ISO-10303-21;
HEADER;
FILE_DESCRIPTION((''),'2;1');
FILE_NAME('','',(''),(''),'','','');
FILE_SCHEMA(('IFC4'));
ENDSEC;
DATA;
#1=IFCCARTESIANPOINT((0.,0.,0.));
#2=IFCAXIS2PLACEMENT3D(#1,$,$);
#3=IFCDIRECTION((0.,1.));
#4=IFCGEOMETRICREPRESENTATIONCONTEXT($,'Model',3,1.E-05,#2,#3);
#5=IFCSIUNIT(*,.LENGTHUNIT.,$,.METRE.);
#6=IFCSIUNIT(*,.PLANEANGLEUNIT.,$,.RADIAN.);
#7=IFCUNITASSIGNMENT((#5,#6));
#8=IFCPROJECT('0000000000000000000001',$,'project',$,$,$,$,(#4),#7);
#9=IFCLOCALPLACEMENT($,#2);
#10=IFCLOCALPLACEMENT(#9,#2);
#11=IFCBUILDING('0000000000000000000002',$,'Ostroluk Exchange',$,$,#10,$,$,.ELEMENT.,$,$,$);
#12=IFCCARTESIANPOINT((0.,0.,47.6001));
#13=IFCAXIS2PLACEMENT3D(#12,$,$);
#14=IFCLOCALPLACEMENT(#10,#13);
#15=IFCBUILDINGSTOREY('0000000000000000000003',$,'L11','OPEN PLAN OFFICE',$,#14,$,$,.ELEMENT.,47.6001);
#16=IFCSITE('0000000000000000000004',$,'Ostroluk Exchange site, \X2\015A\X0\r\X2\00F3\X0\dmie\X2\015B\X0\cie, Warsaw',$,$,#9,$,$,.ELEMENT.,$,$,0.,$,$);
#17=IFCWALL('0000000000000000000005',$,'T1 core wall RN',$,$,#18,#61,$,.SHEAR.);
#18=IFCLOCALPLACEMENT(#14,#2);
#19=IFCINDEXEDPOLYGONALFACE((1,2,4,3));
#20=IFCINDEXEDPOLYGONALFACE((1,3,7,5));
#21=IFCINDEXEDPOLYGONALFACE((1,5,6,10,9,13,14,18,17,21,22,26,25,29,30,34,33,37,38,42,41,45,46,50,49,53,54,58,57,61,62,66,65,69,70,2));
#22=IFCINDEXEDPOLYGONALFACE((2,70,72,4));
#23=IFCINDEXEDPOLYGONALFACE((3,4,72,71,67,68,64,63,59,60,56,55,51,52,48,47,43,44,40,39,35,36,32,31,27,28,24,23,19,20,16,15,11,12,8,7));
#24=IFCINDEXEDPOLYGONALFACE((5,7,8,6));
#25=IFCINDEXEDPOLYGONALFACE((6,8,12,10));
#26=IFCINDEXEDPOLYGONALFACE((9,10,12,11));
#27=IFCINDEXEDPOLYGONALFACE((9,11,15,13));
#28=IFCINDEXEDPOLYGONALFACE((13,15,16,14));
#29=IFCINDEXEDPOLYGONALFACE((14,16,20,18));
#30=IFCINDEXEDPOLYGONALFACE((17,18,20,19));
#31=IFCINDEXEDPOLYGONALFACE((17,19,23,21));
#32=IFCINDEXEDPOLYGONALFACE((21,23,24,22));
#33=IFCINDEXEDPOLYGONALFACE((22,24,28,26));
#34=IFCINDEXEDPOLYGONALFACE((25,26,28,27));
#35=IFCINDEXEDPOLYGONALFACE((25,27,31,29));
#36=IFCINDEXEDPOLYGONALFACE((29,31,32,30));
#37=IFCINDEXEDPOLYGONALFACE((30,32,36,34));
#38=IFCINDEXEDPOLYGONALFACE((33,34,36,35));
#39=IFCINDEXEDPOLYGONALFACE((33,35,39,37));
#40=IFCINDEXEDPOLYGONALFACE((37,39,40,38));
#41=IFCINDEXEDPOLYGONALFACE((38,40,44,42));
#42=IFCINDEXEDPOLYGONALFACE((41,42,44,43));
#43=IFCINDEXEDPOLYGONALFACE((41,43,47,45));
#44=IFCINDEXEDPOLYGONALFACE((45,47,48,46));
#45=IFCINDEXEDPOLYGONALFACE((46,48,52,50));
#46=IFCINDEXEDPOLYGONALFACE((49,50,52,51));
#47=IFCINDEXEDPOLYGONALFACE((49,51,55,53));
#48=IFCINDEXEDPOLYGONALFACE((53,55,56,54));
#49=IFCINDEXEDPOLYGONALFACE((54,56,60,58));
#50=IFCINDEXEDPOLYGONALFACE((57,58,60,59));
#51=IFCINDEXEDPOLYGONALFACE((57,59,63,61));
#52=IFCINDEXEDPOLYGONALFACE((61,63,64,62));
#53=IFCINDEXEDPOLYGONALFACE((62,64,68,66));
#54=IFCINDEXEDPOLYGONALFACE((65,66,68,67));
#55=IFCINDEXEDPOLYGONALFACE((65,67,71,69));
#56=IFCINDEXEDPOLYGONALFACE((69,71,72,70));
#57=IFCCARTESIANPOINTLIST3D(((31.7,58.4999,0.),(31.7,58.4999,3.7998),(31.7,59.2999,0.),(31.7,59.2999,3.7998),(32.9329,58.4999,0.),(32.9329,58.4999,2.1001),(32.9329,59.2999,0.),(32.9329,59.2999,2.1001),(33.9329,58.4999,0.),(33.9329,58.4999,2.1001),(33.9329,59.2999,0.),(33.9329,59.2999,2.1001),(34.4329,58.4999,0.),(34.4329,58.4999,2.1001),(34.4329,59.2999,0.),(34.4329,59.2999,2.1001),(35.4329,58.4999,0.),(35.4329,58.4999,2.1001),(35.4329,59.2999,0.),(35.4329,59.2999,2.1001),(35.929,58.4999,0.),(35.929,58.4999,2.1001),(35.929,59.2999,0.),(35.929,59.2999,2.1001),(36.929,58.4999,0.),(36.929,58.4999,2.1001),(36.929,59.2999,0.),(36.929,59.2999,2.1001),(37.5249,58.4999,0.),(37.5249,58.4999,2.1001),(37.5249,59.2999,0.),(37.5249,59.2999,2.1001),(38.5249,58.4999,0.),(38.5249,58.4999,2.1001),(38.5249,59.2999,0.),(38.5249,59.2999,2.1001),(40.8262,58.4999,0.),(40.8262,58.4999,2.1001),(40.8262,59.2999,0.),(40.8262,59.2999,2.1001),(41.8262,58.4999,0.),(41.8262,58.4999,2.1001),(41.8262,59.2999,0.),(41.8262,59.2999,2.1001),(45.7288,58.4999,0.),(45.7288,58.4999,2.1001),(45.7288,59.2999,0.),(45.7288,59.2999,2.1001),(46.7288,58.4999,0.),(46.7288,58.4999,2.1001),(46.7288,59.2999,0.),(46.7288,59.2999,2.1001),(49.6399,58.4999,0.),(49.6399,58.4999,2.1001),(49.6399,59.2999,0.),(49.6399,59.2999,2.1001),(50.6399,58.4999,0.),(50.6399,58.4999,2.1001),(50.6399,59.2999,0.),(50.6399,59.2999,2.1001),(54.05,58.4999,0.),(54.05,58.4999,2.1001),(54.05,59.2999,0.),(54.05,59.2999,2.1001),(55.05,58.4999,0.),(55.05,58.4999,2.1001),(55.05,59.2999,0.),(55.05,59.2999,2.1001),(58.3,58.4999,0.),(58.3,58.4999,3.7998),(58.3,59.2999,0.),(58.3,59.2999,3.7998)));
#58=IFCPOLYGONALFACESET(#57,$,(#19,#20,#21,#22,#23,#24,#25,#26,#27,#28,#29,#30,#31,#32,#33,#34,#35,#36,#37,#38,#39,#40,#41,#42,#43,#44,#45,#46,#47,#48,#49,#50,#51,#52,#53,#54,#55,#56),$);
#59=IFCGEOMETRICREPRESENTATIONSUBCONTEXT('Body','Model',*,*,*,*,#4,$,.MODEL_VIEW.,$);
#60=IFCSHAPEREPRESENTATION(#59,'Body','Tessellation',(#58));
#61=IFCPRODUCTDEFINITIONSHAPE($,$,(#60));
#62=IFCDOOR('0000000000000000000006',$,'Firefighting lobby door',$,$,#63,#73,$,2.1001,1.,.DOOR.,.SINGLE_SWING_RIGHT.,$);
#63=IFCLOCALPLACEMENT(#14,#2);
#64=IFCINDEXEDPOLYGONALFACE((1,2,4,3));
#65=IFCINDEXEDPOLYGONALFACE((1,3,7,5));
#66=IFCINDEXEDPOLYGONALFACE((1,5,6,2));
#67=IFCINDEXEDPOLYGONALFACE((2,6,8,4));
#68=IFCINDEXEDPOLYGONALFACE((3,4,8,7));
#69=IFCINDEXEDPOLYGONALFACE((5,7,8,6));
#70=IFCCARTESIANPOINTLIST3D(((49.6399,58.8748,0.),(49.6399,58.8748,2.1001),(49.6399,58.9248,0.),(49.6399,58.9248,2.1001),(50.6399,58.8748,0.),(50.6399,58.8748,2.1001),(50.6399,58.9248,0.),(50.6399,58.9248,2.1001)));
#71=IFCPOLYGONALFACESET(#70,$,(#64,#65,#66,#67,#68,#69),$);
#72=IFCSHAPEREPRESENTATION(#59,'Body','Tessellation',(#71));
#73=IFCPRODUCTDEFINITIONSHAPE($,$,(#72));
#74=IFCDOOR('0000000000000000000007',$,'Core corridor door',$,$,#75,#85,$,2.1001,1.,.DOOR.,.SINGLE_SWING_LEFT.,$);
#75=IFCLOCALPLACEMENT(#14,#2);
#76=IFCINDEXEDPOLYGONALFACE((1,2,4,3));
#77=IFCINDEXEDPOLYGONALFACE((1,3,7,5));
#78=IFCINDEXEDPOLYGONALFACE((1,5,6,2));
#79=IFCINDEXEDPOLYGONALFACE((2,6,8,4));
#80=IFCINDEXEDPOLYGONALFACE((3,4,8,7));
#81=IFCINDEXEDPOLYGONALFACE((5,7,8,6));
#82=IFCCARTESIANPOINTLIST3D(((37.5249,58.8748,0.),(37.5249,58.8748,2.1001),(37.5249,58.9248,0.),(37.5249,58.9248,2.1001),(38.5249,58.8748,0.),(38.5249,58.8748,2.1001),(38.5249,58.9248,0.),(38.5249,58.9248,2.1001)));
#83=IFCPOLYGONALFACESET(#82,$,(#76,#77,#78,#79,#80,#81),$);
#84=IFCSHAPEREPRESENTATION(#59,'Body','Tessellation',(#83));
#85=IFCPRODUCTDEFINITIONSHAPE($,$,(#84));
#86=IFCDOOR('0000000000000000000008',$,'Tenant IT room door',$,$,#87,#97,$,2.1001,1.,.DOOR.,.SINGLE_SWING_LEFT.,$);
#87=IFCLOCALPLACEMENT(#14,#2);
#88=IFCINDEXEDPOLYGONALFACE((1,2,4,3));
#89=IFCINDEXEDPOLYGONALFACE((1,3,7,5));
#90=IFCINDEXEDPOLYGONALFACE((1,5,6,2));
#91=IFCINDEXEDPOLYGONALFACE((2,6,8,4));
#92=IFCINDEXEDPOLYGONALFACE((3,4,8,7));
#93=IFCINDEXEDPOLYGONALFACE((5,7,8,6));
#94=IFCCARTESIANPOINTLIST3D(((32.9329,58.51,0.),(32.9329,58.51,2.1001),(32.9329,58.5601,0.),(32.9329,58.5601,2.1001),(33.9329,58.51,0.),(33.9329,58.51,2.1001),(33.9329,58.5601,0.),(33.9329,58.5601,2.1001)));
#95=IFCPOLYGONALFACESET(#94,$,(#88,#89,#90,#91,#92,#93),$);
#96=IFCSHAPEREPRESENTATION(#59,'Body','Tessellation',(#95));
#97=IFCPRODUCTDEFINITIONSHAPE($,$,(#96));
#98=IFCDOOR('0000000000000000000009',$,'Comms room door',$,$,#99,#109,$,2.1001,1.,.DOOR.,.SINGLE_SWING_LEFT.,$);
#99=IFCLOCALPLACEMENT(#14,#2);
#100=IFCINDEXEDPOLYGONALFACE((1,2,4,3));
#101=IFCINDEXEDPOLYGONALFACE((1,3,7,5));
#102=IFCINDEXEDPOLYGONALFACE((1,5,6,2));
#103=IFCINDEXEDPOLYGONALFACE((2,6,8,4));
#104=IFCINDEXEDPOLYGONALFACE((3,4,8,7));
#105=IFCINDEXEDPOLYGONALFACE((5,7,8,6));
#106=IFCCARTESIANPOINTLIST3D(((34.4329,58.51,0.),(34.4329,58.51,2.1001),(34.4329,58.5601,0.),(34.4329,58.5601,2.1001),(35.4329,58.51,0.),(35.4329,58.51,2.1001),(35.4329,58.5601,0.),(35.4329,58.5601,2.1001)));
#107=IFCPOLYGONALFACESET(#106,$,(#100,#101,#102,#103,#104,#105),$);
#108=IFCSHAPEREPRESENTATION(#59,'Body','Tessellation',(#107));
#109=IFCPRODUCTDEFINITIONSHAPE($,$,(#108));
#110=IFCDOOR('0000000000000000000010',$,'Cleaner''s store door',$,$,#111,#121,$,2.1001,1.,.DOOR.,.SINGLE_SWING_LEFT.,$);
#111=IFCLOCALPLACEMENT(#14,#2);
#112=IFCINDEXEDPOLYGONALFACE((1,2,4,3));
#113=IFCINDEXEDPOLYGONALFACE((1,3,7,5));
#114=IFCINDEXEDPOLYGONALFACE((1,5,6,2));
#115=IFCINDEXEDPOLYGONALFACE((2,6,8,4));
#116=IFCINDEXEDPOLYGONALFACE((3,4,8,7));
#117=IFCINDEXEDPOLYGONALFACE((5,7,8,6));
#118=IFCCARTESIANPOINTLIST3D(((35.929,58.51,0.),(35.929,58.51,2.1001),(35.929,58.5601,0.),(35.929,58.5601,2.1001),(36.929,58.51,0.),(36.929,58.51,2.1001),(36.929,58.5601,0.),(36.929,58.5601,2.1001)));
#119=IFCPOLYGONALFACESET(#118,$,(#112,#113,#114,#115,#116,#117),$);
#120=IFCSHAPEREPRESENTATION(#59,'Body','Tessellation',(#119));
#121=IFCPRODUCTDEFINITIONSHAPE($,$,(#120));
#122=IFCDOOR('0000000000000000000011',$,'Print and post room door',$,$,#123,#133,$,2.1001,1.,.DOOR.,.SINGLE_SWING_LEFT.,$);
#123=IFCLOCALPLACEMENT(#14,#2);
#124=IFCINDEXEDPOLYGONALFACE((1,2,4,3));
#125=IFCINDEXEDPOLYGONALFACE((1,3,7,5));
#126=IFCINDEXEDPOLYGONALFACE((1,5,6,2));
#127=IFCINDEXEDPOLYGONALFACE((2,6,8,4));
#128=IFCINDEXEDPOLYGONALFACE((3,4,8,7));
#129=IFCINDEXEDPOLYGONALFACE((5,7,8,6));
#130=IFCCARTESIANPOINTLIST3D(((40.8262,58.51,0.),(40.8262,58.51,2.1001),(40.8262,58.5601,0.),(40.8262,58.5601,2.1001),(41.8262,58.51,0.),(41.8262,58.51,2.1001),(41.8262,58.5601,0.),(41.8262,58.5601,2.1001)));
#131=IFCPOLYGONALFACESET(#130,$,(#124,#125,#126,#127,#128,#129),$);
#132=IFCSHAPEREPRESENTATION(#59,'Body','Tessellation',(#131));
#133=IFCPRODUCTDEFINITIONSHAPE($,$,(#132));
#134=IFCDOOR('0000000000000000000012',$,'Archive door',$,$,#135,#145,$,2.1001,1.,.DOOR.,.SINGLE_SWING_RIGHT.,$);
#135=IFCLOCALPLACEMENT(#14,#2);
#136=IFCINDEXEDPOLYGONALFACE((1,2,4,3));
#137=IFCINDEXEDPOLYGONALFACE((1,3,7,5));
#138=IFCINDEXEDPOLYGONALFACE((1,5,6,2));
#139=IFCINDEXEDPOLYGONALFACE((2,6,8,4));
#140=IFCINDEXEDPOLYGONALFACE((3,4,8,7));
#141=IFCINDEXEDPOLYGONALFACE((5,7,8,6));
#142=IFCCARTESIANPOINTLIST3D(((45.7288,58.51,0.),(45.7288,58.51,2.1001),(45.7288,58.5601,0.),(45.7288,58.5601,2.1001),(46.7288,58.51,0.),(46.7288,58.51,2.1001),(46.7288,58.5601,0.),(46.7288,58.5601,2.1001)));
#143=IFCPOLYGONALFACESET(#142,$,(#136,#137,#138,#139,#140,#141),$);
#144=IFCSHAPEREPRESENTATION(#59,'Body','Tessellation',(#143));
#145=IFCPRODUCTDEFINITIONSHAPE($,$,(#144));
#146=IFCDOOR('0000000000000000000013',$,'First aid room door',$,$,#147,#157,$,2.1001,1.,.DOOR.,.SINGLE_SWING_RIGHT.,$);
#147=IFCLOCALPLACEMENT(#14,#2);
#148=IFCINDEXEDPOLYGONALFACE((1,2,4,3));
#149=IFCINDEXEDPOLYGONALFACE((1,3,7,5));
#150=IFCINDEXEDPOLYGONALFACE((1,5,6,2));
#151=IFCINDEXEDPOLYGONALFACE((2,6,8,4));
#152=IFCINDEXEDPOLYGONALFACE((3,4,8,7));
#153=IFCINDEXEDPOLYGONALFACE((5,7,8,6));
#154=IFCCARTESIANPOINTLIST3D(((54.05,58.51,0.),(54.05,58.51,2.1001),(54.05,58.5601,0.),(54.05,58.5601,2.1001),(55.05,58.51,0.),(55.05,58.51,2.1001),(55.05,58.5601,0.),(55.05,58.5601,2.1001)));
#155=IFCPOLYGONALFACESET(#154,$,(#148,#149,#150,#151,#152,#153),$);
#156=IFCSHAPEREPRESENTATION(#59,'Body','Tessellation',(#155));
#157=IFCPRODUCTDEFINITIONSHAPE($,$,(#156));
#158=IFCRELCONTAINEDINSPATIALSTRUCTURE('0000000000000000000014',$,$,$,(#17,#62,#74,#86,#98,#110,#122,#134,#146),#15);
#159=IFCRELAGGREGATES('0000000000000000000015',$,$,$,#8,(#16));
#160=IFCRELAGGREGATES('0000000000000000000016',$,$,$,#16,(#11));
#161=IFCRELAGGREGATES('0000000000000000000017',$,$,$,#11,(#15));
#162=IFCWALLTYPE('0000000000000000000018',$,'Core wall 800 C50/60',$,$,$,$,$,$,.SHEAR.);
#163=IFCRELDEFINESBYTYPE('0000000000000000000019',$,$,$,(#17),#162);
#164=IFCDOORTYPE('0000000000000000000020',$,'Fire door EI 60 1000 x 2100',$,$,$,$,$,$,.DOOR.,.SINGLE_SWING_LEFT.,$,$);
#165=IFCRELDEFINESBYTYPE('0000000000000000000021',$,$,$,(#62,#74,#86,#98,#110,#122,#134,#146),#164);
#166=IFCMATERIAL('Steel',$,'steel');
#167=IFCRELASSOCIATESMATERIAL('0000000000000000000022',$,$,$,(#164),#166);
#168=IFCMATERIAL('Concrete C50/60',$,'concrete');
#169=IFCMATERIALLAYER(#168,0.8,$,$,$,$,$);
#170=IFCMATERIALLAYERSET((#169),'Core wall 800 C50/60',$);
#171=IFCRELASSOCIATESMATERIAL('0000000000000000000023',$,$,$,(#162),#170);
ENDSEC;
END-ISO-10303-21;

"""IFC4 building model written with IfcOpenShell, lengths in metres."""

from ifc_helpers import new_model, si_unit, direction, frame, frame_2d, origin, place, context, subcontext, project, spatial, rectangle, extrude, material, layer, layer_set, type_object, element, fill, save


model = new_model("IFC4")

# Units and contexts
model_context = context("Model", 3, precision=1e-05, world=origin(), true_north=direction((0.0, 1.0)))
body_context = subcontext(model_context, "Body", "Model", "MODEL_VIEW")
ifc_project = project(units=[si_unit("LENGTHUNIT", "METRE"), si_unit("PLANEANGLEUNIT", "RADIAN")], contexts=[model_context])

# Site, building, storey
site_placement = place(None, origin())
site = spatial("IfcSite", under=ifc_project, at=site_placement, Name="Ostroluk Exchange site, Śródmieście, Warsaw", CompositionType="ELEMENT", RefElevation=0.0)
building_placement = place(site_placement, origin())
building = spatial("IfcBuilding", under=site, at=building_placement, Name="Ostroluk Exchange", CompositionType="ELEMENT")
storey_placement = place(building_placement, frame((0.0, 0.0, 47.6001)))
storey = spatial("IfcBuildingStorey", under=building, at=storey_placement, Name="L11", Description="OPEN PLAN OFFICE", CompositionType="ELEMENT", Elevation=47.6001)

# Wall, openings, doors
ifc_material_1 = material(Name="Steel", Category="steel")
door_type = type_object("IfcDoorType", Name="Fire door EI 60 1000 x 2100", OperationType="SINGLE_SWING_LEFT", PredefinedType="DOOR", material=ifc_material_1)
ifc_material_2 = material(Name="Concrete C50/60", Category="concrete")
ifc_layer_1 = layer(ifc_material_2, 0.8)
ifc_layer_set_1 = layer_set([ifc_layer_1], Name="Core wall 800 C50/60")
wall_type_1 = type_object("IfcWallType", Name="Core wall 800 C50/60", PredefinedType="SHEAR", material=ifc_layer_set_1)
wall_1_placement = place(storey_placement, frame((31.7, 58.8999, 0.0), z_axis=(0.0, 0.0, 1.0), x_axis=(1.0, 0.0, 0.0)))
wall_1 = element("IfcWall", 1, at=wall_1_placement, inside=storey, type_object=wall_type_1, Name="T1 core wall RN", PredefinedType="SHEAR", context=body_context, shape_type="SweptSolid", body=[
    extrude(rectangle(XDim=26.6001, YDim=0.8, at=frame_2d((13.3, 0.0))), origin(), (0.0, 0.0, 1.0), 3.7998),
])
opening_1_placement = place(wall_1_placement, frame((17.9399, 0.0, 0.0)))
opening_1 = element("IfcOpeningElement", 2, at=opening_1_placement, cuts=wall_1, PredefinedType="OPENING", context=body_context, shape_type="SweptSolid", body=[
    extrude(rectangle(XDim=1.0, YDim=2.1001, at=frame_2d((0.5, 1.05))), frame((0.0, 0.4099, 0.0), z_axis=(0.0, -1.0, 0.0), x_axis=(1.0, 0.0, 0.0)), (0.0, 0.0, 1.0), 0.8201),
])
opening_2_placement = place(wall_1_placement, frame((5.825, 0.0, 0.0)))
opening_2 = element("IfcOpeningElement", 3, at=opening_2_placement, cuts=wall_1, PredefinedType="OPENING", context=body_context, shape_type="SweptSolid", body=[
    extrude(rectangle(XDim=1.0, YDim=2.1001, at=frame_2d((0.5, 1.05))), frame((0.0, 0.4099, 0.0), z_axis=(0.0, -1.0, 0.0), x_axis=(1.0, 0.0, 0.0)), (0.0, 0.0, 1.0), 0.8201),
])
opening_3_placement = place(wall_1_placement, frame((1.2329, 0.0, 0.0)))
opening_3 = element("IfcOpeningElement", 4, at=opening_3_placement, cuts=wall_1, PredefinedType="OPENING", context=body_context, shape_type="SweptSolid", body=[
    extrude(rectangle(XDim=1.0, YDim=2.1001, at=frame_2d((0.5, 1.05))), frame((0.0, 0.4099, 0.0), z_axis=(0.0, -1.0, 0.0), x_axis=(1.0, 0.0, 0.0)), (0.0, 0.0, 1.0), 0.8201),
])
opening_4_placement = place(wall_1_placement, frame((2.7329, 0.0, 0.0)))
opening_4 = element("IfcOpeningElement", 5, at=opening_4_placement, cuts=wall_1, PredefinedType="OPENING", context=body_context, shape_type="SweptSolid", body=[
    extrude(rectangle(XDim=1.0, YDim=2.1001, at=frame_2d((0.5, 1.05))), frame((0.0, 0.4099, 0.0), z_axis=(0.0, -1.0, 0.0), x_axis=(1.0, 0.0, 0.0)), (0.0, 0.0, 1.0), 0.8201),
])
opening_5_placement = place(wall_1_placement, frame((4.229, 0.0, 0.0)))
opening_5 = element("IfcOpeningElement", 6, at=opening_5_placement, cuts=wall_1, PredefinedType="OPENING", context=body_context, shape_type="SweptSolid", body=[
    extrude(rectangle(XDim=1.0, YDim=2.1001, at=frame_2d((0.5, 1.05))), frame((0.0, 0.4099, 0.0), z_axis=(0.0, -1.0, 0.0), x_axis=(1.0, 0.0, 0.0)), (0.0, 0.0, 1.0), 0.8201),
])
opening_6_placement = place(wall_1_placement, frame((9.1262, 0.0, 0.0)))
opening_6 = element("IfcOpeningElement", 7, at=opening_6_placement, cuts=wall_1, PredefinedType="OPENING", context=body_context, shape_type="SweptSolid", body=[
    extrude(rectangle(XDim=1.0, YDim=2.1001, at=frame_2d((0.5, 1.05))), frame((0.0, 0.4099, 0.0), z_axis=(0.0, -1.0, 0.0), x_axis=(1.0, 0.0, 0.0)), (0.0, 0.0, 1.0), 0.8201),
])
opening_7_placement = place(wall_1_placement, frame((14.0288, 0.0, 0.0)))
opening_7 = element("IfcOpeningElement", 8, at=opening_7_placement, cuts=wall_1, PredefinedType="OPENING", context=body_context, shape_type="SweptSolid", body=[
    extrude(rectangle(XDim=1.0, YDim=2.1001, at=frame_2d((0.5, 1.05))), frame((0.0, 0.4099, 0.0), z_axis=(0.0, -1.0, 0.0), x_axis=(1.0, 0.0, 0.0)), (0.0, 0.0, 1.0), 0.8201),
])
opening_8_placement = place(wall_1_placement, frame((22.3501, 0.0, 0.0)))
opening_8 = element("IfcOpeningElement", 9, at=opening_8_placement, cuts=wall_1, PredefinedType="OPENING", context=body_context, shape_type="SweptSolid", body=[
    extrude(rectangle(XDim=1.0, YDim=2.1001, at=frame_2d((0.5, 1.05))), frame((0.0, 0.4099, 0.0), z_axis=(0.0, -1.0, 0.0), x_axis=(1.0, 0.0, 0.0)), (0.0, 0.0, 1.0), 0.8201),
])
door_1_placement = place(opening_1_placement, origin())
door_1 = element("IfcDoor", 10, at=door_1_placement, inside=storey, type_object=door_type, Name="Firefighting lobby door", OperationType="SINGLE_SWING_RIGHT", OverallHeight=2.1001, OverallWidth=1.0, PredefinedType="DOOR", context=body_context, shape_type="SweptSolid", body=[
    extrude(rectangle(XDim=1.0, YDim=2.1001, at=frame_2d((0.5, 1.05))), frame((0.0, 0.0249, 0.0), z_axis=(0.0, -1.0, 0.0), x_axis=(1.0, 0.0, 0.0)), (0.0, 0.0, 1.0), 0.05),
])
fill(opening_1, door_1)
door_2_placement = place(opening_2_placement, origin())
door_2 = element("IfcDoor", 11, at=door_2_placement, inside=storey, type_object=door_type, Name="Core corridor door", OperationType="SINGLE_SWING_LEFT", OverallHeight=2.1001, OverallWidth=1.0, PredefinedType="DOOR", context=body_context, shape_type="SweptSolid", body=[
    extrude(rectangle(XDim=1.0, YDim=2.1001, at=frame_2d((0.5, 1.05))), frame((0.0, 0.0249, 0.0), z_axis=(0.0, -1.0, 0.0), x_axis=(1.0, 0.0, 0.0)), (0.0, 0.0, 1.0), 0.05),
])
fill(opening_2, door_2)
door_3_placement = place(opening_3_placement, origin())
door_3 = element("IfcDoor", 12, at=door_3_placement, inside=storey, type_object=door_type, Name="Tenant IT room door", OperationType="SINGLE_SWING_LEFT", OverallHeight=2.1001, OverallWidth=1.0, PredefinedType="DOOR", context=body_context, shape_type="SweptSolid", body=[
    extrude(rectangle(XDim=1.0, YDim=2.1001, at=frame_2d((0.5, 1.05))), frame((0.0, -0.3398, 0.0), z_axis=(0.0, -1.0, 0.0), x_axis=(1.0, 0.0, 0.0)), (0.0, 0.0, 1.0), 0.05),
])
fill(opening_3, door_3)
door_4_placement = place(opening_4_placement, origin())
door_4 = element("IfcDoor", 13, at=door_4_placement, inside=storey, type_object=door_type, Name="Comms room door", OperationType="SINGLE_SWING_LEFT", OverallHeight=2.1001, OverallWidth=1.0, PredefinedType="DOOR", context=body_context, shape_type="SweptSolid", body=[
    extrude(rectangle(XDim=1.0, YDim=2.1001, at=frame_2d((0.5, 1.05))), frame((0.0, -0.3398, 0.0), z_axis=(0.0, -1.0, 0.0), x_axis=(1.0, 0.0, 0.0)), (0.0, 0.0, 1.0), 0.05),
])
fill(opening_4, door_4)
door_5_placement = place(opening_5_placement, origin())
door_5 = element("IfcDoor", 14, at=door_5_placement, inside=storey, type_object=door_type, Name="Cleaner's store door", OperationType="SINGLE_SWING_LEFT", OverallHeight=2.1001, OverallWidth=1.0, PredefinedType="DOOR", context=body_context, shape_type="SweptSolid", body=[
    extrude(rectangle(XDim=1.0, YDim=2.1001, at=frame_2d((0.5, 1.05))), frame((0.0, -0.3398, 0.0), z_axis=(0.0, -1.0, 0.0), x_axis=(1.0, 0.0, 0.0)), (0.0, 0.0, 1.0), 0.05),
])
fill(opening_5, door_5)
door_6_placement = place(opening_6_placement, origin())
door_6 = element("IfcDoor", 15, at=door_6_placement, inside=storey, type_object=door_type, Name="Print and post room door", OperationType="SINGLE_SWING_LEFT", OverallHeight=2.1001, OverallWidth=1.0, PredefinedType="DOOR", context=body_context, shape_type="SweptSolid", body=[
    extrude(rectangle(XDim=1.0, YDim=2.1001, at=frame_2d((0.5, 1.05))), frame((0.0, -0.3398, 0.0), z_axis=(0.0, -1.0, 0.0), x_axis=(1.0, 0.0, 0.0)), (0.0, 0.0, 1.0), 0.05),
])
fill(opening_6, door_6)
door_7_placement = place(opening_7_placement, origin())
door_7 = element("IfcDoor", 16, at=door_7_placement, inside=storey, type_object=door_type, Name="Archive door", OperationType="SINGLE_SWING_RIGHT", OverallHeight=2.1001, OverallWidth=1.0, PredefinedType="DOOR", context=body_context, shape_type="SweptSolid", body=[
    extrude(rectangle(XDim=1.0, YDim=2.1001, at=frame_2d((0.5, 1.05))), frame((0.0, -0.3398, 0.0), z_axis=(0.0, -1.0, 0.0), x_axis=(1.0, 0.0, 0.0)), (0.0, 0.0, 1.0), 0.05),
])
fill(opening_7, door_7)
door_8_placement = place(opening_8_placement, origin())
door_8 = element("IfcDoor", 17, at=door_8_placement, inside=storey, type_object=door_type, Name="First aid room door", OperationType="SINGLE_SWING_RIGHT", OverallHeight=2.1001, OverallWidth=1.0, PredefinedType="DOOR", context=body_context, shape_type="SweptSolid", body=[
    extrude(rectangle(XDim=1.0, YDim=2.1001, at=frame_2d((0.5, 1.05))), frame((0.0, -0.3398, 0.0), z_axis=(0.0, -1.0, 0.0), x_axis=(1.0, 0.0, 0.0)), (0.0, 0.0, 1.0), 0.05),
])
fill(opening_8, door_8)

save(model, "model.ifc")
